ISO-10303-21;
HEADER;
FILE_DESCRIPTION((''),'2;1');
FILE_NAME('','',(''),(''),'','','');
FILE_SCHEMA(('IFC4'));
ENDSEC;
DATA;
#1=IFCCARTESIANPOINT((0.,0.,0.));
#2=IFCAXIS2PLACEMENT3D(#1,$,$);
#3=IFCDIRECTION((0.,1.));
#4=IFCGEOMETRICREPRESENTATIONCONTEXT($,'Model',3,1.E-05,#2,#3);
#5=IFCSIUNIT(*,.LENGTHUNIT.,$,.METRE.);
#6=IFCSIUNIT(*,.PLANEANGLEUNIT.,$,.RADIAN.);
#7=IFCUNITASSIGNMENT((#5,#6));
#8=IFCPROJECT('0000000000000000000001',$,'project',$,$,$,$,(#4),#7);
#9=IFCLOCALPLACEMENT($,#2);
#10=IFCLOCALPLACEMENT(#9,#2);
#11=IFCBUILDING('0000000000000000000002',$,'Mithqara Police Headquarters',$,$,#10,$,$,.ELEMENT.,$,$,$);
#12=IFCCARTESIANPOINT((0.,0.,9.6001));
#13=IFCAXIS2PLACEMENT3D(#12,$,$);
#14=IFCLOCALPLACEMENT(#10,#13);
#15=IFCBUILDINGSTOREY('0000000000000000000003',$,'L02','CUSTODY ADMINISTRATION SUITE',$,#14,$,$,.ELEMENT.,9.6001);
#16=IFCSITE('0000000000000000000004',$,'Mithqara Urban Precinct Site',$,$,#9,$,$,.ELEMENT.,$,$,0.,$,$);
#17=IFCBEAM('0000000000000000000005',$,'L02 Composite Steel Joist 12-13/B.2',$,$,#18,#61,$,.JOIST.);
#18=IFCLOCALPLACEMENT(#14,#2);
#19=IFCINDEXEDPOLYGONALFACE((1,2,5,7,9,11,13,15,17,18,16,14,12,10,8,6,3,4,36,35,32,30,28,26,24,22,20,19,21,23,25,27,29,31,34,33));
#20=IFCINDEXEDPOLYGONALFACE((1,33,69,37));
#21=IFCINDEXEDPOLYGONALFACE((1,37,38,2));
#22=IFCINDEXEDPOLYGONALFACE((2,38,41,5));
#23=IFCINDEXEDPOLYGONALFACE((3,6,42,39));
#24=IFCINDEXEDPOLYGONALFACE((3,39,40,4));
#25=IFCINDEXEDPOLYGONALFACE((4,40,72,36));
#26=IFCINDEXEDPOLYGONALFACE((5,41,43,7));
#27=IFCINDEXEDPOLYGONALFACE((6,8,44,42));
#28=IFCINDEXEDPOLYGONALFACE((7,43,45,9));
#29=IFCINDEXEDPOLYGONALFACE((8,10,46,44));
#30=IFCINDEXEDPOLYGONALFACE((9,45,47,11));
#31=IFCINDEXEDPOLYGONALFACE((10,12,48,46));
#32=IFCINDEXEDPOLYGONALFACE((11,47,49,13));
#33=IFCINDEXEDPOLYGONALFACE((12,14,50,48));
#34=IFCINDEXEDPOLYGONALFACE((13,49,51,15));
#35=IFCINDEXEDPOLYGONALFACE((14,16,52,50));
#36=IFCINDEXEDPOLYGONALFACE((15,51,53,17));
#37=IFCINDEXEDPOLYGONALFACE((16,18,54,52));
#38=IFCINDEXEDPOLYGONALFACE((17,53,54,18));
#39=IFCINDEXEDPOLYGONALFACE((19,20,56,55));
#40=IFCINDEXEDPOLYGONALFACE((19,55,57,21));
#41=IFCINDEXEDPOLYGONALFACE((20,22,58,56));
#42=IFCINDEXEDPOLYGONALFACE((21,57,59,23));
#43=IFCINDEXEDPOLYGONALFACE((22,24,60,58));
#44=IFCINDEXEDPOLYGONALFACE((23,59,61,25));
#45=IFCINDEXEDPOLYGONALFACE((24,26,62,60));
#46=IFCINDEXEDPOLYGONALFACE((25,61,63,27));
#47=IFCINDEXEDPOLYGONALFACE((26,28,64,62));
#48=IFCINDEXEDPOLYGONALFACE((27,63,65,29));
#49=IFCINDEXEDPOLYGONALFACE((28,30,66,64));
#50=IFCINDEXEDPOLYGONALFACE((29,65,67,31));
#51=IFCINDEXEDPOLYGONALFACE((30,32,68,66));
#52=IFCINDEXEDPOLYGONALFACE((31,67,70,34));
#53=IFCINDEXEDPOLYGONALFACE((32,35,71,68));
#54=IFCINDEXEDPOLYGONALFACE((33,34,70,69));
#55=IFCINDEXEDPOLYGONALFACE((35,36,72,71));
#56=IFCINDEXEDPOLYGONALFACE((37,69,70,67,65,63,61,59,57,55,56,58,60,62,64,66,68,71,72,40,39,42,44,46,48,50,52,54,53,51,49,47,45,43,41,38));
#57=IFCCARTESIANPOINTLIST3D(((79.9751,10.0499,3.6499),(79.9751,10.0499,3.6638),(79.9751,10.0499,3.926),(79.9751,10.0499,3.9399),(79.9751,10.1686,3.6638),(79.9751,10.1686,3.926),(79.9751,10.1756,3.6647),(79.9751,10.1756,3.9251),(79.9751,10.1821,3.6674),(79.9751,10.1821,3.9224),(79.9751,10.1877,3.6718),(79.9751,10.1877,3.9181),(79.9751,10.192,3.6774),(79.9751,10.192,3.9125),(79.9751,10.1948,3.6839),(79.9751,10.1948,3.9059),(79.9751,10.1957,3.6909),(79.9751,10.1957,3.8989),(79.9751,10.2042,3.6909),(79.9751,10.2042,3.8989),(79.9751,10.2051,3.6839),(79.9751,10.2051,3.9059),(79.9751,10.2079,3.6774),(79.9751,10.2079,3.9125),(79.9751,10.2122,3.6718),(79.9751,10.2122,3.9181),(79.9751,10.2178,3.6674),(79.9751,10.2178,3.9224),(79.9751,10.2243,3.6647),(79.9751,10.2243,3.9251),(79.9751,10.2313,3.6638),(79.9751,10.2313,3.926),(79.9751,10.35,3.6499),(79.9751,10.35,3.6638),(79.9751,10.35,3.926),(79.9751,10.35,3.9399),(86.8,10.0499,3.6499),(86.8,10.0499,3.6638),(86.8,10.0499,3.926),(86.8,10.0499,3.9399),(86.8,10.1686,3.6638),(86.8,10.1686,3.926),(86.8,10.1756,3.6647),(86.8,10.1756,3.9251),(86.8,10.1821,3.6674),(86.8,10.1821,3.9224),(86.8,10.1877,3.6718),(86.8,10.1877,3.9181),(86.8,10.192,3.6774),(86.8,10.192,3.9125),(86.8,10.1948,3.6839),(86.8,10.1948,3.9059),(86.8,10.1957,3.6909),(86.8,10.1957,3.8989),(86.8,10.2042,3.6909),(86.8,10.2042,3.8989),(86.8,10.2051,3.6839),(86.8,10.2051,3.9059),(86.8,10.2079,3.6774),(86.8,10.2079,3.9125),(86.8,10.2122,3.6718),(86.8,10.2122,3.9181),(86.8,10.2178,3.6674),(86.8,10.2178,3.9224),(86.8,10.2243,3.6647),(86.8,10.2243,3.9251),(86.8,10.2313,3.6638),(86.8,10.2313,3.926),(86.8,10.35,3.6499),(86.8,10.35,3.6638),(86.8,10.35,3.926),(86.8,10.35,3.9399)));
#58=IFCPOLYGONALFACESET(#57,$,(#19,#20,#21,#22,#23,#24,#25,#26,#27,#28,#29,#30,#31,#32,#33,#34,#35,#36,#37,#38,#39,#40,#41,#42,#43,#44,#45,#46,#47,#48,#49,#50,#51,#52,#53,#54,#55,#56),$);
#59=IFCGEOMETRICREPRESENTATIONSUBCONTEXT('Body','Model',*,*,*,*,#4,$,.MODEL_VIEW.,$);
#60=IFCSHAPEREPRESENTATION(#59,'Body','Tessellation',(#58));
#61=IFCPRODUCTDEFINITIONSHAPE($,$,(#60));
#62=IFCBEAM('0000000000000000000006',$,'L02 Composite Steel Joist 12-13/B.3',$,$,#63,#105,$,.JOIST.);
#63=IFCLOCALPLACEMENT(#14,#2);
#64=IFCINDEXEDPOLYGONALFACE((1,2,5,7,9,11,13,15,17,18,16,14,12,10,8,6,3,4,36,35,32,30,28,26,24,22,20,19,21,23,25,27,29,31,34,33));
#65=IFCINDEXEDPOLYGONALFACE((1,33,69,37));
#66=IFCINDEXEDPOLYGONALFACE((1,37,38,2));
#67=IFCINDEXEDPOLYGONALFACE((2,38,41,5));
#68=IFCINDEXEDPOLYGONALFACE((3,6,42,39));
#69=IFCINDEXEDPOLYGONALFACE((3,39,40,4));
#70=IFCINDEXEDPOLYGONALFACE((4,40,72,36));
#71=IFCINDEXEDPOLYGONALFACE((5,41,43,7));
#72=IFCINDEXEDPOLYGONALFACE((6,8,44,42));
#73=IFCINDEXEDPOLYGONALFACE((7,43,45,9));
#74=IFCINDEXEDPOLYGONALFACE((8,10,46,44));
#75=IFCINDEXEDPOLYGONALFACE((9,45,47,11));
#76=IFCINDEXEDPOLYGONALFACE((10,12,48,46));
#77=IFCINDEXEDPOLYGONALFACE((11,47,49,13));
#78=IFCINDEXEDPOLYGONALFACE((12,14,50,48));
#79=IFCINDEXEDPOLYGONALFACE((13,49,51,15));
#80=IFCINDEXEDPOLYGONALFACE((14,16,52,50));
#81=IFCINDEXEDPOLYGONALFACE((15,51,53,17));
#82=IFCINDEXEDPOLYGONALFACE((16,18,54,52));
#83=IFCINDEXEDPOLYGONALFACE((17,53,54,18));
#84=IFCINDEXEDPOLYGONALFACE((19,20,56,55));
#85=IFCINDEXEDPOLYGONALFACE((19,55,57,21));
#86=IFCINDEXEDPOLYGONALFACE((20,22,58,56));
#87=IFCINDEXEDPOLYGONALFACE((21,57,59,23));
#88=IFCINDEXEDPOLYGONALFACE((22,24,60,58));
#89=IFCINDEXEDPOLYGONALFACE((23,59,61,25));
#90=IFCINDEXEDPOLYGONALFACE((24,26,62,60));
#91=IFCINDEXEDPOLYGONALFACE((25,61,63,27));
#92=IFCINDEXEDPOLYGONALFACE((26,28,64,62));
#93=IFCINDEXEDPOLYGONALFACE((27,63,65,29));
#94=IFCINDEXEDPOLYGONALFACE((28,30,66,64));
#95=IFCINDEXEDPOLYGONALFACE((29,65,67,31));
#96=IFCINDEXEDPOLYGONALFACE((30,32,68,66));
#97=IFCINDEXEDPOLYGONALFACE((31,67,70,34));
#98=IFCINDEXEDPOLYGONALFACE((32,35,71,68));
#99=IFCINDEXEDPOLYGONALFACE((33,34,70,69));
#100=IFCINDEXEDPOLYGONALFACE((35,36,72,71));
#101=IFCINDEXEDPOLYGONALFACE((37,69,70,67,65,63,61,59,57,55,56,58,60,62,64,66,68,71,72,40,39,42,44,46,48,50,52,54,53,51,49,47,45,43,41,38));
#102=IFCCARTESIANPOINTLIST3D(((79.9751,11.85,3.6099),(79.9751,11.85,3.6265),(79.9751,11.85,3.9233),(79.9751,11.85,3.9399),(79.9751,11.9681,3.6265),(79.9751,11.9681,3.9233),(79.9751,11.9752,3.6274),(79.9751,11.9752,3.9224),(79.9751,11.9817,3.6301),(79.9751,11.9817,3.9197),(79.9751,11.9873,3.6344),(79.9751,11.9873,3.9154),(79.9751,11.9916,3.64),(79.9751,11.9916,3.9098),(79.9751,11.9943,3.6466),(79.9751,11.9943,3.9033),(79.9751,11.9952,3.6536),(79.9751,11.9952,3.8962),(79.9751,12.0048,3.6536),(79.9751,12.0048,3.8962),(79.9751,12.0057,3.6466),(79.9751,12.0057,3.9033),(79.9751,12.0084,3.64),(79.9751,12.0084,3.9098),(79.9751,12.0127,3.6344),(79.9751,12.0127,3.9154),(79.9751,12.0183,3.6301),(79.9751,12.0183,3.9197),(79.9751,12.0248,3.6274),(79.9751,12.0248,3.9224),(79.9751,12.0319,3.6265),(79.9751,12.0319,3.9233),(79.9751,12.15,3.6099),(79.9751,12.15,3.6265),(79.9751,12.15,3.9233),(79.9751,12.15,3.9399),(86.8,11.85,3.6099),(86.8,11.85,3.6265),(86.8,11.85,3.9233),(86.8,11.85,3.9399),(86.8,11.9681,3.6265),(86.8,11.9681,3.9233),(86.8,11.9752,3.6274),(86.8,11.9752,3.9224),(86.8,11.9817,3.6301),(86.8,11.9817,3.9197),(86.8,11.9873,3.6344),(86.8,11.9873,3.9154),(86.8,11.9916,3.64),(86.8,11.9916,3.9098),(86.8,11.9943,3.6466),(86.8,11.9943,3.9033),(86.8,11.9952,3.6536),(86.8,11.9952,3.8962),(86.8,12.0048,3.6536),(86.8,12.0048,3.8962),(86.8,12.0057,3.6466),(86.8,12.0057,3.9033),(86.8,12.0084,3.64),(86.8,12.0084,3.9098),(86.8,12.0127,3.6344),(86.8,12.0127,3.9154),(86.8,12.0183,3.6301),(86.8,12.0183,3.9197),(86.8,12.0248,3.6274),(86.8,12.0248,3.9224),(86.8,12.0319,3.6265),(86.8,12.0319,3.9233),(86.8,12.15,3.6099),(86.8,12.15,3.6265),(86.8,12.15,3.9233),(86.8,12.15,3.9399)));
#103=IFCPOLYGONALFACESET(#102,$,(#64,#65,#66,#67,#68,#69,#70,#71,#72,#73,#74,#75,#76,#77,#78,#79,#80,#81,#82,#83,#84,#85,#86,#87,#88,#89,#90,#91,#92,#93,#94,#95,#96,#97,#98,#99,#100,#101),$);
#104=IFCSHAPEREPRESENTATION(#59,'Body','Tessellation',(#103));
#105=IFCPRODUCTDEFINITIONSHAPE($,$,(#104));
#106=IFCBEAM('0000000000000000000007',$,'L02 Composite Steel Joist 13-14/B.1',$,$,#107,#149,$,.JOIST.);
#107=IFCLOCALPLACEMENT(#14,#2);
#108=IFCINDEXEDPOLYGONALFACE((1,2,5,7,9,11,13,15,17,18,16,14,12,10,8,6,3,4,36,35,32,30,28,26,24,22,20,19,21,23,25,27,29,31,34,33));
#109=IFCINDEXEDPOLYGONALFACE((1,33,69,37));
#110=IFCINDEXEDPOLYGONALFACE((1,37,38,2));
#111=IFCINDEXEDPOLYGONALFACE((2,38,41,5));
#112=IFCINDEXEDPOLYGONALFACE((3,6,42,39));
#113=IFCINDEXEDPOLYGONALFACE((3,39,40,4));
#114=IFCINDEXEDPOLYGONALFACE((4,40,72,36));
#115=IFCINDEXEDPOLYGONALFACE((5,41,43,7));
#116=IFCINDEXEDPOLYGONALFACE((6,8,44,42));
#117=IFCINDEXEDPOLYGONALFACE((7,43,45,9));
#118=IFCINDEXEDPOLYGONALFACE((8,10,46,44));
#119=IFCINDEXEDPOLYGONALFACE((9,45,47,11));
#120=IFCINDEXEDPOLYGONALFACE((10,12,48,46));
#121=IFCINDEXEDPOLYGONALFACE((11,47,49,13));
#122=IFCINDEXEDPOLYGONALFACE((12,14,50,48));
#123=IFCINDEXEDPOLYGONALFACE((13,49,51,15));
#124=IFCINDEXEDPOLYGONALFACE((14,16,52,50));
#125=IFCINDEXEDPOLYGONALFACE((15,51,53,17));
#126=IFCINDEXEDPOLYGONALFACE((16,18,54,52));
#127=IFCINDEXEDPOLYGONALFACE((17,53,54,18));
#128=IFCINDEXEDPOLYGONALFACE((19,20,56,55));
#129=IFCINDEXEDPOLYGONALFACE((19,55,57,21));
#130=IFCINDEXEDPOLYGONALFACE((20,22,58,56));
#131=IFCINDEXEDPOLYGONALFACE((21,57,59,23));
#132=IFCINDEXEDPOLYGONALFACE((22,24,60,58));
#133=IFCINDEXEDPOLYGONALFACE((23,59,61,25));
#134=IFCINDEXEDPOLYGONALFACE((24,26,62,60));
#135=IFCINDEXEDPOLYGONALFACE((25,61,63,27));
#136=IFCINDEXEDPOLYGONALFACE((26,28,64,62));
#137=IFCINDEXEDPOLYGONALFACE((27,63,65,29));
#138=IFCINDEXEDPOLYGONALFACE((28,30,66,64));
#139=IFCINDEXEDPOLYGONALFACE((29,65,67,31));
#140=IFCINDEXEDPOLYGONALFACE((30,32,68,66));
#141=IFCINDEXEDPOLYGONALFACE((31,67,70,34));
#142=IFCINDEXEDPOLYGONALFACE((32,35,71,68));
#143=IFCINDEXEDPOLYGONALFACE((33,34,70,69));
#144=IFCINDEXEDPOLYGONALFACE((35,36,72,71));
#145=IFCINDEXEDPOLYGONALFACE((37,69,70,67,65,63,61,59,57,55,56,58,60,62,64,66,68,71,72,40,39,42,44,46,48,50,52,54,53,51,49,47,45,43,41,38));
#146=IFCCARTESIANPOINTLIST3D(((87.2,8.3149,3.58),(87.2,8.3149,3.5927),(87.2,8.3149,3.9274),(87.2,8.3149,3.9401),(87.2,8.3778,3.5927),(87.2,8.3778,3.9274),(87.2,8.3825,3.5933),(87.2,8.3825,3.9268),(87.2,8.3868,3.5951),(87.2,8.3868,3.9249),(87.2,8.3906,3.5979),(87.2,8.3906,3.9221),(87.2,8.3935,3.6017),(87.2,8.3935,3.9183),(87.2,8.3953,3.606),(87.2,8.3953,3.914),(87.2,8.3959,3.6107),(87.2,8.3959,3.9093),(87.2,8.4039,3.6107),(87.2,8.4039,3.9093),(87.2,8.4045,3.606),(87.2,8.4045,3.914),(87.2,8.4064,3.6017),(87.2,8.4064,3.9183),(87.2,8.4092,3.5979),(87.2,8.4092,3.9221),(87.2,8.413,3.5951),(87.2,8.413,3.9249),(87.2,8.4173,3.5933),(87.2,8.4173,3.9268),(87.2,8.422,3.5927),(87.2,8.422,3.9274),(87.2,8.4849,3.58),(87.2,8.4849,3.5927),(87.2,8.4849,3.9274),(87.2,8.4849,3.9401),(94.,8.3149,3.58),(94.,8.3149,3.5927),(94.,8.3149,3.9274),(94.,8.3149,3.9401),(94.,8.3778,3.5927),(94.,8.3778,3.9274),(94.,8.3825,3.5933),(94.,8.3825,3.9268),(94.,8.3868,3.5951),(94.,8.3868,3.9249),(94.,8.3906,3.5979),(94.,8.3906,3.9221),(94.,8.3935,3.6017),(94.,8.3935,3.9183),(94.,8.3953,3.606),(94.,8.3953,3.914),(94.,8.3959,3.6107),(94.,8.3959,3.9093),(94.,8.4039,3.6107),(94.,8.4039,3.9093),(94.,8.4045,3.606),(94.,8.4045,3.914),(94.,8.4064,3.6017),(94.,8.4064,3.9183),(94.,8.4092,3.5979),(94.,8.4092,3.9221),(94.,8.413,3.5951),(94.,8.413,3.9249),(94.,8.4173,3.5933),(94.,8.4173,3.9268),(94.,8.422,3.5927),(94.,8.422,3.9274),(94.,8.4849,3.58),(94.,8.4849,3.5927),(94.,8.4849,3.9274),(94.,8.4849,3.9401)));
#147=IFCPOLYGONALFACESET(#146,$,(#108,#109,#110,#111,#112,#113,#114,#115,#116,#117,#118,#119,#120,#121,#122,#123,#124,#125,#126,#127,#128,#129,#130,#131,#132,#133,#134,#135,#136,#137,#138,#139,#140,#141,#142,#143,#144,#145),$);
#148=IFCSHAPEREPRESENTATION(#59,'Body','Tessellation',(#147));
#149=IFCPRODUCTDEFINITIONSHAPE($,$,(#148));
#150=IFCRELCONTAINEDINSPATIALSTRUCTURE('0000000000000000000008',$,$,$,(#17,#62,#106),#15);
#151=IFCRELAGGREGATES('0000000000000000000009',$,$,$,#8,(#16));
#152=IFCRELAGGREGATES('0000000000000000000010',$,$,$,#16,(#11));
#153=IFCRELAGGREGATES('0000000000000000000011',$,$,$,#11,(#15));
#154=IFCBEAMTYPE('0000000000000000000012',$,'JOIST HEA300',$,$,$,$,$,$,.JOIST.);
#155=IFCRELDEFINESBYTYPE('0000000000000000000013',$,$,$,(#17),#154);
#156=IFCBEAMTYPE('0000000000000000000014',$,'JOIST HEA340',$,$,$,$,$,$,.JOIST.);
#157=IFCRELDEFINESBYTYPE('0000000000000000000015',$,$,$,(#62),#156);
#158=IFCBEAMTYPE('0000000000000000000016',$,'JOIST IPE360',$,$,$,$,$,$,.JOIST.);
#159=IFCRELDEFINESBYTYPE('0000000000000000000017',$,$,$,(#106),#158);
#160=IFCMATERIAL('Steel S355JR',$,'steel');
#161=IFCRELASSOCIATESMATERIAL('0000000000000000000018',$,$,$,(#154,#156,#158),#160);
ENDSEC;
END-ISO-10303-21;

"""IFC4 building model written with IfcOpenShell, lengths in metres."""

from ifc_helpers import new_model, si_unit, direction, frame, origin, origin_2d, place, context, subcontext, project, spatial, i_section, extrude, material, material_profile, profile_set, type_object, element, save


model = new_model("IFC4")

# Units and contexts
model_context = context("Model", 3, precision=1e-05, world=origin(), true_north=direction((0.0, 1.0)))
body_context = subcontext(model_context, "Body", "Model", "MODEL_VIEW")
ifc_project = project(units=[si_unit("LENGTHUNIT", "METRE"), si_unit("PLANEANGLEUNIT", "RADIAN")], contexts=[model_context])

# Site, building, storey
site_placement = place(None, origin())
site = spatial("IfcSite", under=ifc_project, at=site_placement, Name="Mithqara Urban Precinct Site", CompositionType="ELEMENT", RefElevation=0.0)
building_placement = place(site_placement, origin())
building = spatial("IfcBuilding", under=site, at=building_placement, Name="Mithqara Police Headquarters", CompositionType="ELEMENT")
storey_placement = place(building_placement, frame((0.0, 0.0, 9.6001)))
storey = spatial("IfcBuildingStorey", under=building, at=storey_placement, Name="L02", Description="CUSTODY ADMINISTRATION SUITE", CompositionType="ELEMENT", Elevation=9.6001)

# Beams
ifc_material_1 = material(Name="Steel S355JR", Category="steel")
ifc_material_profile_1 = material_profile(ifc_material_1, i_section(OverallWidth=0.3, OverallDepth=0.29, WebThickness=0.0085, FlangeThickness=0.0139, FilletRadius=0.0271, at=origin_2d()), Name="HEA 300")
ifc_profile_set_1 = profile_set([ifc_material_profile_1], Name="Steel S355JR")
beam_type_1 = type_object("IfcBeamType", Name="JOIST HEA300", PredefinedType="JOIST", material=ifc_profile_set_1)
beam_1_placement = place(storey_placement, frame((79.9751, 10.2, 3.7949), z_axis=(1.0, 0.0, 0.0), x_axis=(0.0, 1.0, 0.0)))
element("IfcBeam", 1, at=beam_1_placement, inside=storey, type_object=beam_type_1, Name="L02 Composite Steel Joist 12-13/B.2", PredefinedType="JOIST", context=body_context, shape_type="SweptSolid", body=[
    extrude(i_section(OverallWidth=0.3, OverallDepth=0.29, WebThickness=0.0085, FlangeThickness=0.0139, FilletRadius=0.0271, at=origin_2d()), origin(), (0.0, 0.0, 1.0), 6.825),
])
ifc_material_profile_2 = material_profile(ifc_material_1, i_section(OverallWidth=0.3, OverallDepth=0.3301, WebThickness=0.0095, FlangeThickness=0.0166, FilletRadius=0.0271, at=origin_2d()), Name="HEA 340")
ifc_profile_set_2 = profile_set([ifc_material_profile_2], Name="Steel S355JR")
beam_type_2 = type_object("IfcBeamType", Name="JOIST HEA340", PredefinedType="JOIST", material=ifc_profile_set_2)
beam_2_placement = place(storey_placement, frame((79.9751, 12.0, 3.7749), z_axis=(1.0, 0.0, 0.0), x_axis=(0.0, 1.0, 0.0)))
element("IfcBeam", 2, at=beam_2_placement, inside=storey, type_object=beam_type_2, Name="L02 Composite Steel Joist 12-13/B.3", PredefinedType="JOIST", context=body_context, shape_type="SweptSolid", body=[
    extrude(i_section(OverallWidth=0.3, OverallDepth=0.3301, WebThickness=0.0095, FlangeThickness=0.0166, FilletRadius=0.0271, at=origin_2d()), origin(), (0.0, 0.0, 1.0), 6.825),
])
ifc_material_profile_3 = material_profile(ifc_material_1, i_section(OverallWidth=0.1699, OverallDepth=0.3601, WebThickness=0.0081, FlangeThickness=0.0127, FilletRadius=0.0181, at=origin_2d()), Name="IPE 360")
ifc_profile_set_3 = profile_set([ifc_material_profile_3], Name="Steel S355JR")
beam_type_3 = type_object("IfcBeamType", Name="JOIST IPE360", PredefinedType="JOIST", material=ifc_profile_set_3)
beam_3_placement = place(storey_placement, frame((87.2, 8.3999, 3.76), z_axis=(1.0, 0.0, 0.0), x_axis=(0.0, 1.0, 0.0)))
element("IfcBeam", 3, at=beam_3_placement, inside=storey, type_object=beam_type_3, Name="L02 Composite Steel Joist 13-14/B.1", PredefinedType="JOIST", context=body_context, shape_type="SweptSolid", body=[
    extrude(i_section(OverallWidth=0.1699, OverallDepth=0.3601, WebThickness=0.0081, FlangeThickness=0.0127, FilletRadius=0.0181, at=origin_2d()), origin(), (0.0, 0.0, 1.0), 6.8),
])

save(model, "model.ifc")
